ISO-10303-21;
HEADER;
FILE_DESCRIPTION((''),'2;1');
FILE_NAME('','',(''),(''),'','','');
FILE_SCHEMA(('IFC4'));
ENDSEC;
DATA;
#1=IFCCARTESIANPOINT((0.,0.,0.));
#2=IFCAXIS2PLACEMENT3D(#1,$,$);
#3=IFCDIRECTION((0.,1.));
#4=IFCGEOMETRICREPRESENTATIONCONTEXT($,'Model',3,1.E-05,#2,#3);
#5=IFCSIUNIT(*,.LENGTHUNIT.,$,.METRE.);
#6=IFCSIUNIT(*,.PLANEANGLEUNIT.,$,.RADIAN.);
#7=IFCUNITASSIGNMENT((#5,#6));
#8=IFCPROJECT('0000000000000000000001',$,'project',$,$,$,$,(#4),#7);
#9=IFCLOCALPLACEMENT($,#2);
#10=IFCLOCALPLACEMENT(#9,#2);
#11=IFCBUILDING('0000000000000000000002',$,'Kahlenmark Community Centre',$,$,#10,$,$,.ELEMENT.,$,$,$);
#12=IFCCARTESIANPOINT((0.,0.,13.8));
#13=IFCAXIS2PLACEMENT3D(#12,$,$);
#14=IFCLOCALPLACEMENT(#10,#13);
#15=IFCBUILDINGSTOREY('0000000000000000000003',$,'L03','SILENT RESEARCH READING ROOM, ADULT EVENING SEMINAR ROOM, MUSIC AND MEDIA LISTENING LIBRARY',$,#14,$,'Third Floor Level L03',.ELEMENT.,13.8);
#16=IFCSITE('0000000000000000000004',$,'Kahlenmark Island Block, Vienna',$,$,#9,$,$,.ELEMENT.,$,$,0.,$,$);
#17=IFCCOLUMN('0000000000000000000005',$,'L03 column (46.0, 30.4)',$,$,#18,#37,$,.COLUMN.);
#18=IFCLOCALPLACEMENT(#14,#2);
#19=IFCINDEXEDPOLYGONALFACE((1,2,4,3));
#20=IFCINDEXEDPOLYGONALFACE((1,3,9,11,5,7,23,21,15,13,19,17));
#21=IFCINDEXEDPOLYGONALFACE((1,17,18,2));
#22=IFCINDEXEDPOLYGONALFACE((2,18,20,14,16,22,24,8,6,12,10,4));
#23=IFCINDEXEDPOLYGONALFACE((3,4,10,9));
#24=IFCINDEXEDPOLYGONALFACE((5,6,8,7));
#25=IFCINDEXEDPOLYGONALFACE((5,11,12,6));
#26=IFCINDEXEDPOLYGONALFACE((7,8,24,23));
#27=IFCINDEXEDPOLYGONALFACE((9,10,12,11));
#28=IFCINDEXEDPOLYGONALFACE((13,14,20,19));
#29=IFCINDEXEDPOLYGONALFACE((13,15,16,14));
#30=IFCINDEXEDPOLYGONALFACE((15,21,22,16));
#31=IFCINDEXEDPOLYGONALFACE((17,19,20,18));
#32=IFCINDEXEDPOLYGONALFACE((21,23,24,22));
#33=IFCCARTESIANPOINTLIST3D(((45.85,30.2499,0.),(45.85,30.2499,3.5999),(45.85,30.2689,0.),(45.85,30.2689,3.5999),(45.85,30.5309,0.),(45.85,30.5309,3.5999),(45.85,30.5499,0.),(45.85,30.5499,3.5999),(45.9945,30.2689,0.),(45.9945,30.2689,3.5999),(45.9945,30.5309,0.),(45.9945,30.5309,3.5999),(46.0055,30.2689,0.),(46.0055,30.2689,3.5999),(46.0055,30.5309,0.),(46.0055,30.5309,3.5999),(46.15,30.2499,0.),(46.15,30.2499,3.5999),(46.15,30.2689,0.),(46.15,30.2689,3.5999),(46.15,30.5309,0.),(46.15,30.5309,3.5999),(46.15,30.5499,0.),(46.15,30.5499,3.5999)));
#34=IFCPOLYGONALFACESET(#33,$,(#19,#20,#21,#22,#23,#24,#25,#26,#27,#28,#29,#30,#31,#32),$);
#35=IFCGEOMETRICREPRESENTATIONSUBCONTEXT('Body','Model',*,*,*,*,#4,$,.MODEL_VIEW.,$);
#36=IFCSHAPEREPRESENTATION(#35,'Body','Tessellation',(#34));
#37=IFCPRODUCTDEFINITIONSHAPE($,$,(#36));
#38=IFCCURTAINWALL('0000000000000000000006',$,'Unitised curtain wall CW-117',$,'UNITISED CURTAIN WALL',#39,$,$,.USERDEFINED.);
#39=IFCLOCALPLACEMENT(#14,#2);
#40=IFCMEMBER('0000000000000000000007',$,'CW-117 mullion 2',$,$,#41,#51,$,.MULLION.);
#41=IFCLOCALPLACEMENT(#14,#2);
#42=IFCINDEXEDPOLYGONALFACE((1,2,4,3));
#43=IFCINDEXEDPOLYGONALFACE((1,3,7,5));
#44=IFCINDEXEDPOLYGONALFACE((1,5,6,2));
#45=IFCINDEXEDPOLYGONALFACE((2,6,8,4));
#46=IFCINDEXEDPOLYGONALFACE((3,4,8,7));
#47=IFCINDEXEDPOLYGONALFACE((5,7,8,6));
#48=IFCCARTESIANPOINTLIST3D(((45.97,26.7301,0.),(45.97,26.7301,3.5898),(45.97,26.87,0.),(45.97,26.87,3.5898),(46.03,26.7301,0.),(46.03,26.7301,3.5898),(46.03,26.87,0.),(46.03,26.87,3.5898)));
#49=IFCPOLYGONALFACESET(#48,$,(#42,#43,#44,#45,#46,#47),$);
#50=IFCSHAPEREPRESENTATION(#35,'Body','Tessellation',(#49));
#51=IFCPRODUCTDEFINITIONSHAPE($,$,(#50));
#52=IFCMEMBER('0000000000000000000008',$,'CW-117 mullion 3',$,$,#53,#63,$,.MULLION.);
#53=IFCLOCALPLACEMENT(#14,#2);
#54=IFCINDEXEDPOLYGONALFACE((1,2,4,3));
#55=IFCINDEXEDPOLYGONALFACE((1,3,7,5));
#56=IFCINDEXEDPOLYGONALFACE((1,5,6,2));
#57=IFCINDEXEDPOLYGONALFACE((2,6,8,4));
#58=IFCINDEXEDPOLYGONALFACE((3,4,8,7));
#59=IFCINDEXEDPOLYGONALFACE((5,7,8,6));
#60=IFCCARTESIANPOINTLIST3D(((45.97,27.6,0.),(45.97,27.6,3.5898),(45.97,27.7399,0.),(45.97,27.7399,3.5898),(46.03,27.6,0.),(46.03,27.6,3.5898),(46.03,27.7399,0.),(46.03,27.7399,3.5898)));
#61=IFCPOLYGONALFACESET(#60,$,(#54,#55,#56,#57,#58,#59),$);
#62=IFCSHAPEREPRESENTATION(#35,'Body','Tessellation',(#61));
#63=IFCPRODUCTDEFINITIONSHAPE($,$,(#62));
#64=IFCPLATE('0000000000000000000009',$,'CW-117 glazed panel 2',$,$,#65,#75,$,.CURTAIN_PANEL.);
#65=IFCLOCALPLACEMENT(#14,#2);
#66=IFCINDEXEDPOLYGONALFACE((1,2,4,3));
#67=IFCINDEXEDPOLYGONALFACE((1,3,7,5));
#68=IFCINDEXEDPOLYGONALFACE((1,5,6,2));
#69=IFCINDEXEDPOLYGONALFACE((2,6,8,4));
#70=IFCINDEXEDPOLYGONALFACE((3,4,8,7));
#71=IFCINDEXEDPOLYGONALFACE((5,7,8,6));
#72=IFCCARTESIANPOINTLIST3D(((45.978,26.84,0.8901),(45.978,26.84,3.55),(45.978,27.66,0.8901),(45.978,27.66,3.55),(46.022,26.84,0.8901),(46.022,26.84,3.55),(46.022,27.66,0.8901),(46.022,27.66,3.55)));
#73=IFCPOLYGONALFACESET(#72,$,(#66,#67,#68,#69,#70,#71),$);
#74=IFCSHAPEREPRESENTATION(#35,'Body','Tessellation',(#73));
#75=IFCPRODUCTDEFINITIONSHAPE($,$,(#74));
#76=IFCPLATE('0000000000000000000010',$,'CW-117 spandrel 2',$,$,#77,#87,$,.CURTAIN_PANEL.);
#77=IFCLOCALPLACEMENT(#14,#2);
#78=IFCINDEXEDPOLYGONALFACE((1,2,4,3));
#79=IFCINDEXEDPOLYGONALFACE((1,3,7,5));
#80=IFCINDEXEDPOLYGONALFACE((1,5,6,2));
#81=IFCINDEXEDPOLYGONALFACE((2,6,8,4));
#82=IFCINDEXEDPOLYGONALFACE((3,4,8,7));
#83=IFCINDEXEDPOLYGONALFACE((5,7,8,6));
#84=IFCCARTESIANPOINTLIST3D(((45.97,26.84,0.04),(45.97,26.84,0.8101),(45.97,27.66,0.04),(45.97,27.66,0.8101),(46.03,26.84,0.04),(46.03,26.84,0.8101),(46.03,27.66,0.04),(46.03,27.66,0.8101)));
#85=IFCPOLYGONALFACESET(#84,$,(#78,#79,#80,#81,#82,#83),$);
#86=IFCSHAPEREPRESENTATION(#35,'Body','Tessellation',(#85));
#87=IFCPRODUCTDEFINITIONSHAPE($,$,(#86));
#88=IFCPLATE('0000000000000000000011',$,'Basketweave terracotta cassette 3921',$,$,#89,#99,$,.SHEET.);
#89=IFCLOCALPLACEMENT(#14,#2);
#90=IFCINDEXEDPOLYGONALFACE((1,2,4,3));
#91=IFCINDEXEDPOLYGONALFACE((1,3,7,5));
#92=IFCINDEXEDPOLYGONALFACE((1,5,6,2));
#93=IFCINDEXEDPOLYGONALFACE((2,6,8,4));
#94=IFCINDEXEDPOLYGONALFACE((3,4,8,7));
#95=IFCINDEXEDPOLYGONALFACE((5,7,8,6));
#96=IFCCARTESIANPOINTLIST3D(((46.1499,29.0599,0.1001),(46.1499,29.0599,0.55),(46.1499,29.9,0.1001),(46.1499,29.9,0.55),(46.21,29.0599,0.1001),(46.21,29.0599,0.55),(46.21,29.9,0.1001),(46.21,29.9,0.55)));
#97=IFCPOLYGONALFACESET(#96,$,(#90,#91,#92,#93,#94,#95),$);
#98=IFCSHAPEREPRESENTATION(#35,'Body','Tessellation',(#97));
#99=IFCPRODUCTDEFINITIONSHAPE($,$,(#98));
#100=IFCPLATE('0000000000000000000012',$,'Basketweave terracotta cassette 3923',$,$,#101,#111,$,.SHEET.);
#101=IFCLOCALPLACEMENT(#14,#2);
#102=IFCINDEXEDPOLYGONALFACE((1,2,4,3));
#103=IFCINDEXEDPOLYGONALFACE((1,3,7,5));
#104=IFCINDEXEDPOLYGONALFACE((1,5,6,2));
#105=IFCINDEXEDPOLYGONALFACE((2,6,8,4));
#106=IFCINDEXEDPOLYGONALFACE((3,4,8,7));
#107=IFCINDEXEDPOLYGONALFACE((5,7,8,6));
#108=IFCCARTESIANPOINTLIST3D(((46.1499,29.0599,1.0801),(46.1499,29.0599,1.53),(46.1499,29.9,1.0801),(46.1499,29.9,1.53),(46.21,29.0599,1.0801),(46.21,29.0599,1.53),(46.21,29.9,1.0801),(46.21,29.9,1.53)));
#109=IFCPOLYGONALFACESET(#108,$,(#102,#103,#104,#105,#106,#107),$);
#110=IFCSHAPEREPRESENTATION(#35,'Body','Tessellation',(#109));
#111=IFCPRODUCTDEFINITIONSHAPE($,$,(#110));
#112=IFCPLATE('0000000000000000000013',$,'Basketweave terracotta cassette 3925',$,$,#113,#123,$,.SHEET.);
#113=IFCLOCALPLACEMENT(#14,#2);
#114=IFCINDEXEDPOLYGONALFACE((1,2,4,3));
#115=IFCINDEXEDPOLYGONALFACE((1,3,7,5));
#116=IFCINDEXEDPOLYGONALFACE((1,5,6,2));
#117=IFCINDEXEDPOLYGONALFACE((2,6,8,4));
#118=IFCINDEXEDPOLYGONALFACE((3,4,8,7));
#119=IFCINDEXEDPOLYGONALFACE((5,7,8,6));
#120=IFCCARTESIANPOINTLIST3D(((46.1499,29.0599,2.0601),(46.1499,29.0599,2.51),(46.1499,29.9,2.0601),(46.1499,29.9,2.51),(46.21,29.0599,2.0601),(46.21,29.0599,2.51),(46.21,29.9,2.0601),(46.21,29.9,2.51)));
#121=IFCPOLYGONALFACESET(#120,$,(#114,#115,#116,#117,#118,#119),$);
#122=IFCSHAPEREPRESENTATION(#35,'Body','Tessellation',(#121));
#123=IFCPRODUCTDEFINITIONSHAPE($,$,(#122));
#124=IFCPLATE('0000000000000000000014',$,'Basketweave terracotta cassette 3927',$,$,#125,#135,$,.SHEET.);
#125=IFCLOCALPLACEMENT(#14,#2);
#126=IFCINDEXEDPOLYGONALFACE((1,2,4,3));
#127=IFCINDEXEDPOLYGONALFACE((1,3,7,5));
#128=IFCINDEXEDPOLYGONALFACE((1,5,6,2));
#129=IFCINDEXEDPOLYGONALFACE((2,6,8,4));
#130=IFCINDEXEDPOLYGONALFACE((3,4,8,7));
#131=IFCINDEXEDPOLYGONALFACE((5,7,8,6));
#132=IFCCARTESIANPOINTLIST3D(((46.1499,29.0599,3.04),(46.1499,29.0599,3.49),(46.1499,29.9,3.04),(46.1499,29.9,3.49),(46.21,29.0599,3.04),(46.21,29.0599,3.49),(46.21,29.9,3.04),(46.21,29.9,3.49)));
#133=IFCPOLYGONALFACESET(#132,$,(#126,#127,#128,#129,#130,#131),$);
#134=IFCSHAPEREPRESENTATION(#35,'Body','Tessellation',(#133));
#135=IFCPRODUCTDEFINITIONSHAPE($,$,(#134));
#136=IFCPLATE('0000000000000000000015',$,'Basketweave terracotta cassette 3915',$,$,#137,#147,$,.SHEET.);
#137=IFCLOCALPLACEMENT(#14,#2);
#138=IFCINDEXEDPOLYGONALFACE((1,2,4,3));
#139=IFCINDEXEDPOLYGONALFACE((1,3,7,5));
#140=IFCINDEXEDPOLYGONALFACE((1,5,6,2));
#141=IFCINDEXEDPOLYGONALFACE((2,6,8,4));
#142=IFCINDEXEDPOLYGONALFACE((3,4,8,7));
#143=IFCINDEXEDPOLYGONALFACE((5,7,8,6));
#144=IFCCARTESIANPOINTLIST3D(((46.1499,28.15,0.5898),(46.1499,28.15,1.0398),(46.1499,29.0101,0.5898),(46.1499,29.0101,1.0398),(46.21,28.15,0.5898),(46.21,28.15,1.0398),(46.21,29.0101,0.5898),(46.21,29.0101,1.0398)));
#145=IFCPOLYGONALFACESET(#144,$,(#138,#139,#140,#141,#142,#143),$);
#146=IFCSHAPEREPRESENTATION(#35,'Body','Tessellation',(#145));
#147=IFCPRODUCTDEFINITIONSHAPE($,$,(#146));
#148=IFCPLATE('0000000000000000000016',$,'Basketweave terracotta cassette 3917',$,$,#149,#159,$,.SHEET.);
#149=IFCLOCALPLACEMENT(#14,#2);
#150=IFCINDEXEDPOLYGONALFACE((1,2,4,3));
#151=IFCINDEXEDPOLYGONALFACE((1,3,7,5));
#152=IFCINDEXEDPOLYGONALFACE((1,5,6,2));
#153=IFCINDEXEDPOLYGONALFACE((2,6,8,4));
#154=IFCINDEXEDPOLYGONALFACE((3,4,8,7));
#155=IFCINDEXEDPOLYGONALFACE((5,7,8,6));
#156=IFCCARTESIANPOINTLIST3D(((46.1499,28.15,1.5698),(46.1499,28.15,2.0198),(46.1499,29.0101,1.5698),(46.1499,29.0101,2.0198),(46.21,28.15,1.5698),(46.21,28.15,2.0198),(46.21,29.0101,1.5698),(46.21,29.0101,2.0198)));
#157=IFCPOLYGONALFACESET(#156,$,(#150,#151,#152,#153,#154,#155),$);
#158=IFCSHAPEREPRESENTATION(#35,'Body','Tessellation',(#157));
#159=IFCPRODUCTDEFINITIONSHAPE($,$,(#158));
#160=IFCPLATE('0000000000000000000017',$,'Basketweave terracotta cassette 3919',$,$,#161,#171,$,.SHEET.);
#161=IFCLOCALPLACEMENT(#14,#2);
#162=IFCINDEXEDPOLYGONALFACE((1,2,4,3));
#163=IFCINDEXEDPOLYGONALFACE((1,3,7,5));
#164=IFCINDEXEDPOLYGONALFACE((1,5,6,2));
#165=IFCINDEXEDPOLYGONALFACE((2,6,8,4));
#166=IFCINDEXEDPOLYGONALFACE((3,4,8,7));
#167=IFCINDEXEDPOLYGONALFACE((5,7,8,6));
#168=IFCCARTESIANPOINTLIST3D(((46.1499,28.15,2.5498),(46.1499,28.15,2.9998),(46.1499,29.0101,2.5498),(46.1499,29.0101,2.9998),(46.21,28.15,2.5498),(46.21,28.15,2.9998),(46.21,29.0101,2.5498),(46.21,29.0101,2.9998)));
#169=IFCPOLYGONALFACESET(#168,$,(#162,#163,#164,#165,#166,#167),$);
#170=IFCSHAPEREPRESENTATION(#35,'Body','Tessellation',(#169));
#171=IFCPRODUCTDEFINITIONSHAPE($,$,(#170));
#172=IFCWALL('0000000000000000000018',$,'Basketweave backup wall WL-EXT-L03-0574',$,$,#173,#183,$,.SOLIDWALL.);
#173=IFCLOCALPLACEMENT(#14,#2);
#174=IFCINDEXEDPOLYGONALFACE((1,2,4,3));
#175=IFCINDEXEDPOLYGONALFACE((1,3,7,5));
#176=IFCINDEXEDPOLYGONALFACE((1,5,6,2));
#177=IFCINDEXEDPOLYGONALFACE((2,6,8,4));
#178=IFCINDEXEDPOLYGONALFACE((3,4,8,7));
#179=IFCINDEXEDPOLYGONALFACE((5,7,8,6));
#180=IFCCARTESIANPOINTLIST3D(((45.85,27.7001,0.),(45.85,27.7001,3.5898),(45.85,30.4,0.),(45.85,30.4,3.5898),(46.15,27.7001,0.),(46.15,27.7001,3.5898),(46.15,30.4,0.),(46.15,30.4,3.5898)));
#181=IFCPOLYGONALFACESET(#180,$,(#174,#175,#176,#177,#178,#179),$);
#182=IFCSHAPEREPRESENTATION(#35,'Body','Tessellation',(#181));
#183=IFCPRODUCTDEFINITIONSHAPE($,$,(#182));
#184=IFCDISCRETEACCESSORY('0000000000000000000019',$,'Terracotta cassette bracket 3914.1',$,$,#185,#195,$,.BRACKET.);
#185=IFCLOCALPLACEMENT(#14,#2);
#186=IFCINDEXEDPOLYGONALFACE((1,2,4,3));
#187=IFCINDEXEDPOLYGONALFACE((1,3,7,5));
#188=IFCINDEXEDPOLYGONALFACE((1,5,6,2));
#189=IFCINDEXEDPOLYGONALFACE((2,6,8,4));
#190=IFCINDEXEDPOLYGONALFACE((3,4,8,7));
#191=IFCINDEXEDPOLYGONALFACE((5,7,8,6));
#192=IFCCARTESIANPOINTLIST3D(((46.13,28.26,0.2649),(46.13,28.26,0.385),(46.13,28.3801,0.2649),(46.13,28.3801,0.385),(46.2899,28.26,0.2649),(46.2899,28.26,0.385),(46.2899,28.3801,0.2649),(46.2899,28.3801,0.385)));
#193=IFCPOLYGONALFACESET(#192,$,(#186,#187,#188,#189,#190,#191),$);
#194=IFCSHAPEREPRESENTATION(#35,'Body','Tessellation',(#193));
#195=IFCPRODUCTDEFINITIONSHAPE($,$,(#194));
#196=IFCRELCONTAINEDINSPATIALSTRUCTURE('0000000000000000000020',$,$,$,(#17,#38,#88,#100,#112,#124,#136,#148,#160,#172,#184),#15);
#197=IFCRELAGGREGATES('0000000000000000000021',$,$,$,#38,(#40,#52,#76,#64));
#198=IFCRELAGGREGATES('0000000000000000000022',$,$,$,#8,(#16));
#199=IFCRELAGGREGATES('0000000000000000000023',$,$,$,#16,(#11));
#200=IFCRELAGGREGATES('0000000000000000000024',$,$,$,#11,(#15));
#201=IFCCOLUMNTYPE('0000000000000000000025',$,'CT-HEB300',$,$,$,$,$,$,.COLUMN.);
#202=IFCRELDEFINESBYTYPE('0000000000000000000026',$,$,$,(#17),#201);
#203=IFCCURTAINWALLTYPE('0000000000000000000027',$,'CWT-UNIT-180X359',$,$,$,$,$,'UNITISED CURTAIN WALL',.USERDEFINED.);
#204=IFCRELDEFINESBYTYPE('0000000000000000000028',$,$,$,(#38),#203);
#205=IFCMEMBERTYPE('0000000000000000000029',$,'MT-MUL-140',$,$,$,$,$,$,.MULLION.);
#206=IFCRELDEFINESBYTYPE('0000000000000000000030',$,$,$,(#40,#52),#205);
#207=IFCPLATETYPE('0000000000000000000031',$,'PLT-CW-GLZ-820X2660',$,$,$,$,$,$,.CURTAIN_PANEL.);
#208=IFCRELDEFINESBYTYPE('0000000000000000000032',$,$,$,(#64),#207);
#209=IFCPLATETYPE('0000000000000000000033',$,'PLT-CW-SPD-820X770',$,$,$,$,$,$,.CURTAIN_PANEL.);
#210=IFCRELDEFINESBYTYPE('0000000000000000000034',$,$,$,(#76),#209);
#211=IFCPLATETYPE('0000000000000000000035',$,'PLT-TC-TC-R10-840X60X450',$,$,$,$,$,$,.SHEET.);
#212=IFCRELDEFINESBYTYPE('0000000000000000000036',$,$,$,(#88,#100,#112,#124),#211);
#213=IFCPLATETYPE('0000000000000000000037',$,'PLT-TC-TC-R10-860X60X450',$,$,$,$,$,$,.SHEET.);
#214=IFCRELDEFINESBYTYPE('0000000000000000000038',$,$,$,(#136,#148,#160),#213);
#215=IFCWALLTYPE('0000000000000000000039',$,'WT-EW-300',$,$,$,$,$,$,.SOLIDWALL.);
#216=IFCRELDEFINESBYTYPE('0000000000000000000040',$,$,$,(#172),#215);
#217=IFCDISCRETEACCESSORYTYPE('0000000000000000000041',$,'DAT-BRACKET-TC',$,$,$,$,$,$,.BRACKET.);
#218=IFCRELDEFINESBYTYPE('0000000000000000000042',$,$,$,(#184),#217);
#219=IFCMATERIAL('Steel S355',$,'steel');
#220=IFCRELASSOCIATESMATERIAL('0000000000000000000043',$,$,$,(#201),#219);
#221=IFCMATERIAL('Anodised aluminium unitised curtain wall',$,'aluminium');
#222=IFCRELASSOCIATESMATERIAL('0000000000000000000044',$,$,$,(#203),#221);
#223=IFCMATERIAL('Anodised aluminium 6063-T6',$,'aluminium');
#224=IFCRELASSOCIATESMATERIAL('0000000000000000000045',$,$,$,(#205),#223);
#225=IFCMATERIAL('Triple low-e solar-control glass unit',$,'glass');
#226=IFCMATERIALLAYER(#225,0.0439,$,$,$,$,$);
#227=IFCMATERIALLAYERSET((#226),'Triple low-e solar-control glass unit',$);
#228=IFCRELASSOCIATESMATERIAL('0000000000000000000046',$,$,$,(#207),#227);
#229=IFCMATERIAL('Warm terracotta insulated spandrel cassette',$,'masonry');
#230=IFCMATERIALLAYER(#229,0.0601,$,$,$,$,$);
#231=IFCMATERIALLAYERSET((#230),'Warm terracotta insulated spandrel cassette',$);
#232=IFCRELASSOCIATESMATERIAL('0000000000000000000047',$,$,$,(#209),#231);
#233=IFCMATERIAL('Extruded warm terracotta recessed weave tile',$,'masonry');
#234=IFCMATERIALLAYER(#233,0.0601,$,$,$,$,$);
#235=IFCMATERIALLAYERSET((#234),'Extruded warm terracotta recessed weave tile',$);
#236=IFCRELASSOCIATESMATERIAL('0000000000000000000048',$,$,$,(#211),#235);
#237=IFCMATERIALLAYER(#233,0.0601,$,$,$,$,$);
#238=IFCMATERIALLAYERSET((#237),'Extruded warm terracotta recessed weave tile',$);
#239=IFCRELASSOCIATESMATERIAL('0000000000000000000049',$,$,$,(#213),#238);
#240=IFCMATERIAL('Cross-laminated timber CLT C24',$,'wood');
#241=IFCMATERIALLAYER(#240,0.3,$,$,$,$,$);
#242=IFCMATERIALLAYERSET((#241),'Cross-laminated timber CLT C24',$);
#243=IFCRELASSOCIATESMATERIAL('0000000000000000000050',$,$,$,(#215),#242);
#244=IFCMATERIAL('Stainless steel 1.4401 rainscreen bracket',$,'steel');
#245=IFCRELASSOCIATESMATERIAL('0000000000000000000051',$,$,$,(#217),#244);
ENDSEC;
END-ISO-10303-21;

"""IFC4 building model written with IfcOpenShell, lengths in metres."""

from ifc_helpers import new_model, si_unit, direction, frame, frame_2d, origin, origin_2d, place, context, subcontext, project, spatial, rectangle, i_section, extrude, material, layer, layer_set, material_profile, profile_set, type_object, element, aggregate, save


model = new_model("IFC4")

# Units and contexts
model_context = context("Model", 3, precision=1e-05, world=origin(), true_north=direction((0.0, 1.0)))
body_context = subcontext(model_context, "Body", "Model", "MODEL_VIEW")
ifc_project = project(units=[si_unit("LENGTHUNIT", "METRE"), si_unit("PLANEANGLEUNIT", "RADIAN")], contexts=[model_context])

# Site, building, storey
site_placement = place(None, origin())
site = spatial("IfcSite", under=ifc_project, at=site_placement, Name="Kahlenmark Island Block, Vienna", CompositionType="ELEMENT", RefElevation=0.0)
building_placement = place(site_placement, origin())
building = spatial("IfcBuilding", under=site, at=building_placement, Name="Kahlenmark Community Centre", CompositionType="ELEMENT")
storey_placement = place(building_placement, frame((0.0, 0.0, 13.8)))
storey = spatial("IfcBuildingStorey", under=building, at=storey_placement, Name="L03", Description="SILENT RESEARCH READING ROOM, ADULT EVENING SEMINAR ROOM, MUSIC AND MEDIA LISTENING LIBRARY", LongName="Third Floor Level L03", CompositionType="ELEMENT", Elevation=13.8)

# Column
ifc_material_1 = material(Name="Steel S355", Category="steel")
ifc_material_profile_1 = material_profile(ifc_material_1, i_section(OverallWidth=0.3, OverallDepth=0.3, WebThickness=0.011, FlangeThickness=0.019, at=origin_2d()), Name="HEB 300")
ifc_profile_set_1 = profile_set([ifc_material_profile_1], Name="Steel S355")
column_type = type_object("IfcColumnType", Name="CT-HEB300", PredefinedType="COLUMN", material=ifc_profile_set_1)
column_placement = place(storey_placement, frame((46.0, 30.3999, 0.0), z_axis=(0.0, 0.0, 1.0), x_axis=(1.0, 0.0, 0.0)))
element("IfcColumn", 1, at=column_placement, inside=storey, type_object=column_type, Name="L03 column (46.0, 30.4)", PredefinedType="COLUMN", context=body_context, shape_type="SweptSolid", body=[
    extrude(i_section(OverallWidth=0.3, OverallDepth=0.3, WebThickness=0.011, FlangeThickness=0.019, at=origin_2d()), origin(), (0.0, 0.0, 1.0), 3.5999),
])

# Curtain wall, members, plates
ifc_material_2 = material(Name="Anodised aluminium unitised curtain wall", Category="aluminium")
curtain_wall_type = type_object("IfcCurtainWallType", Name="CWT-UNIT-180X359", ElementType="UNITISED CURTAIN WALL", PredefinedType="USERDEFINED", material=ifc_material_2)
curtain_wall_placement = place(storey_placement, origin())
curtain_wall = element("IfcCurtainWall", 2, at=curtain_wall_placement, inside=storey, type_object=curtain_wall_type, Name="Unitised curtain wall CW-117", ObjectType="UNITISED CURTAIN WALL", PredefinedType="USERDEFINED")
ifc_material_3 = material(Name="Anodised aluminium 6063-T6", Category="aluminium")
ifc_material_profile_2 = material_profile(ifc_material_3, rectangle(XDim=0.0601, YDim=0.1399, at=origin_2d()), Name="ALU MULLION 60x140")
ifc_profile_set_2 = profile_set([ifc_material_profile_2], Name="Anodised aluminium 6063-T6")
member_type = type_object("IfcMemberType", Name="MT-MUL-140", PredefinedType="MULLION", material=ifc_profile_set_2)
member_1_placement = place(storey_placement, frame((46.0, 26.8, 0.0), z_axis=(0.0, 0.0, 1.0), x_axis=(-1.0, 0.0, 0.0)))
member_1 = element("IfcMember", 3, at=member_1_placement, type_object=member_type, Name="CW-117 mullion 2", PredefinedType="MULLION", context=body_context, shape_type="SweptSolid", body=[
    extrude(rectangle(XDim=0.0601, YDim=0.1399, at=origin_2d()), origin(), (0.0, 0.0, 1.0), 3.5898),
])
member_2_placement = place(storey_placement, frame((46.0, 27.6699, 0.0), z_axis=(0.0, 0.0, 1.0), x_axis=(-1.0, 0.0, 0.0)))
member_2 = element("IfcMember", 4, at=member_2_placement, type_object=member_type, Name="CW-117 mullion 3", PredefinedType="MULLION", context=body_context, shape_type="SweptSolid", body=[
    extrude(rectangle(XDim=0.0601, YDim=0.1399, at=origin_2d()), origin(), (0.0, 0.0, 1.0), 3.5898),
])
ifc_material_4 = material(Name="Triple low-e solar-control glass unit", Category="glass")
ifc_layer_1 = layer(ifc_material_4, 0.0439)
ifc_layer_set_1 = layer_set([ifc_layer_1], Name="Triple low-e solar-control glass unit")
plate_type_1 = type_object("IfcPlateType", Name="PLT-CW-GLZ-820X2660", PredefinedType="CURTAIN_PANEL", material=ifc_layer_set_1)
plate_1_placement = place(storey_placement, frame((46.0, 27.25, 0.8901), z_axis=(0.0, 0.0, 1.0), x_axis=(0.0, 1.0, 0.0)))
plate_1 = element("IfcPlate", 5, at=plate_1_placement, type_object=plate_type_1, Name="CW-117 glazed panel 2", PredefinedType="CURTAIN_PANEL", context=body_context, shape_type="SweptSolid", body=[
    extrude(rectangle(XDim=0.8201, YDim=0.0439, at=origin_2d()), origin(), (0.0, 0.0, 1.0), 2.6599),
])
ifc_material_5 = material(Name="Warm terracotta insulated spandrel cassette", Category="masonry")
ifc_layer_2 = layer(ifc_material_5, 0.0601)
ifc_layer_set_2 = layer_set([ifc_layer_2], Name="Warm terracotta insulated spandrel cassette")
plate_type_2 = type_object("IfcPlateType", Name="PLT-CW-SPD-820X770", PredefinedType="CURTAIN_PANEL", material=ifc_layer_set_2)
plate_2_placement = place(storey_placement, frame((46.0, 27.25, 0.04), z_axis=(0.0, 0.0, 1.0), x_axis=(0.0, 1.0, 0.0)))
plate_2 = element("IfcPlate", 6, at=plate_2_placement, type_object=plate_type_2, Name="CW-117 spandrel 2", PredefinedType="CURTAIN_PANEL", context=body_context, shape_type="SweptSolid", body=[
    extrude(rectangle(XDim=0.8201, YDim=0.0601, at=origin_2d()), origin(), (0.0, 0.0, 1.0), 0.77),
])
aggregate(curtain_wall, [member_1, member_2, plate_2, plate_1])

# Plates
ifc_material_6 = material(Name="Extruded warm terracotta recessed weave tile", Category="masonry")
ifc_layer_3 = layer(ifc_material_6, 0.0601)
ifc_layer_set_3 = layer_set([ifc_layer_3], Name="Extruded warm terracotta recessed weave tile")
plate_type_3 = type_object("IfcPlateType", Name="PLT-TC-TC-R10-840X60X450", PredefinedType="SHEET", material=ifc_layer_set_3)
for number, where, z_axis, x_axis, name in (
    (7, (46.1799, 29.48, 0.1001), (0.0, 0.0, 1.0), (0.0, 1.0, 0.0), "Basketweave terracotta cassette 3921"),
    (8, (46.1799, 29.48, 1.0801), (0.0, 0.0, 1.0), (0.0, 1.0, 0.0), "Basketweave terracotta cassette 3923"),
    (9, (46.1799, 29.48, 2.0601), (0.0, 0.0, 1.0), (0.0, 1.0, 0.0), "Basketweave terracotta cassette 3925"),
    (10, (46.1799, 29.48, 3.04), (0.0, 0.0, 1.0), (0.0, 1.0, 0.0), "Basketweave terracotta cassette 3927"),
):
    element("IfcPlate", number, at=place(storey_placement, frame(where, z_axis=z_axis, x_axis=x_axis)), inside=storey, type_object=plate_type_3, Name=name, PredefinedType="SHEET", context=body_context, shape_type="SweptSolid", body=[
        extrude(rectangle(XDim=0.8401, YDim=0.0601, at=origin_2d()), origin(), (0.0, 0.0, 1.0), 0.45),
    ])
ifc_layer_4 = layer(ifc_material_6, 0.0601)
ifc_layer_set_4 = layer_set([ifc_layer_4], Name="Extruded warm terracotta recessed weave tile")
plate_type_4 = type_object("IfcPlateType", Name="PLT-TC-TC-R10-860X60X450", PredefinedType="SHEET", material=ifc_layer_set_4)
for number, where, z_axis, x_axis, name in (
    (11, (46.1799, 28.5801, 0.5898), (0.0, 0.0, 1.0), (0.0, 1.0, 0.0), "Basketweave terracotta cassette 3915"),
    (12, (46.1799, 28.5801, 1.5698), (0.0, 0.0, 1.0), (0.0, 1.0, 0.0), "Basketweave terracotta cassette 3917"),
    (13, (46.1799, 28.5801, 2.5498), (0.0, 0.0, 1.0), (0.0, 1.0, 0.0), "Basketweave terracotta cassette 3919"),
):
    element("IfcPlate", number, at=place(storey_placement, frame(where, z_axis=z_axis, x_axis=x_axis)), inside=storey, type_object=plate_type_4, Name=name, PredefinedType="SHEET", context=body_context, shape_type="SweptSolid", body=[
        extrude(rectangle(XDim=0.8601, YDim=0.0601, at=origin_2d()), origin(), (0.0, 0.0, 1.0), 0.45),
    ])

# Wall
ifc_material_7 = material(Name="Cross-laminated timber CLT C24", Category="wood")
ifc_layer_5 = layer(ifc_material_7, 0.3)
ifc_layer_set_5 = layer_set([ifc_layer_5], Name="Cross-laminated timber CLT C24")
wall_type = type_object("IfcWallType", Name="WT-EW-300", PredefinedType="SOLIDWALL", material=ifc_layer_set_5)
wall_placement = place(storey_placement, frame((46.0, 27.7, 0.0), z_axis=(0.0, 0.0, 1.0), x_axis=(0.0, 1.0, 0.0)))
element("IfcWall", 14, at=wall_placement, inside=storey, type_object=wall_type, Name="Basketweave backup wall WL-EXT-L03-0574", PredefinedType="SOLIDWALL", context=body_context, shape_type="SweptSolid", body=[
    extrude(rectangle(XDim=2.7, YDim=0.3, at=frame_2d((1.3501, 0.0))), origin(), (0.0, 0.0, 1.0), 3.5898),
])

# Discrete accessory
ifc_material_8 = material(Name="Stainless steel 1.4401 rainscreen bracket", Category="steel")
discrete_accessory_type = type_object("IfcDiscreteAccessoryType", Name="DAT-BRACKET-TC", PredefinedType="BRACKET", material=ifc_material_8)
for number, where, z_axis, x_axis, name in (
    (15, (46.21, 28.3201, 0.2649), (0.0, 0.0, 1.0), (0.0, 1.0, 0.0), "Terracotta cassette bracket 3914.1"),
):
    element("IfcDiscreteAccessory", number, at=place(storey_placement, frame(where, z_axis=z_axis, x_axis=x_axis)), inside=storey, type_object=discrete_accessory_type, Name=name, PredefinedType="BRACKET", context=body_context, shape_type="SweptSolid", body=[
        extrude(rectangle(XDim=0.1201, YDim=0.1599, at=origin_2d()), origin(), (0.0, 0.0, 1.0), 0.1201),
    ])

save(model, "model.ifc")
